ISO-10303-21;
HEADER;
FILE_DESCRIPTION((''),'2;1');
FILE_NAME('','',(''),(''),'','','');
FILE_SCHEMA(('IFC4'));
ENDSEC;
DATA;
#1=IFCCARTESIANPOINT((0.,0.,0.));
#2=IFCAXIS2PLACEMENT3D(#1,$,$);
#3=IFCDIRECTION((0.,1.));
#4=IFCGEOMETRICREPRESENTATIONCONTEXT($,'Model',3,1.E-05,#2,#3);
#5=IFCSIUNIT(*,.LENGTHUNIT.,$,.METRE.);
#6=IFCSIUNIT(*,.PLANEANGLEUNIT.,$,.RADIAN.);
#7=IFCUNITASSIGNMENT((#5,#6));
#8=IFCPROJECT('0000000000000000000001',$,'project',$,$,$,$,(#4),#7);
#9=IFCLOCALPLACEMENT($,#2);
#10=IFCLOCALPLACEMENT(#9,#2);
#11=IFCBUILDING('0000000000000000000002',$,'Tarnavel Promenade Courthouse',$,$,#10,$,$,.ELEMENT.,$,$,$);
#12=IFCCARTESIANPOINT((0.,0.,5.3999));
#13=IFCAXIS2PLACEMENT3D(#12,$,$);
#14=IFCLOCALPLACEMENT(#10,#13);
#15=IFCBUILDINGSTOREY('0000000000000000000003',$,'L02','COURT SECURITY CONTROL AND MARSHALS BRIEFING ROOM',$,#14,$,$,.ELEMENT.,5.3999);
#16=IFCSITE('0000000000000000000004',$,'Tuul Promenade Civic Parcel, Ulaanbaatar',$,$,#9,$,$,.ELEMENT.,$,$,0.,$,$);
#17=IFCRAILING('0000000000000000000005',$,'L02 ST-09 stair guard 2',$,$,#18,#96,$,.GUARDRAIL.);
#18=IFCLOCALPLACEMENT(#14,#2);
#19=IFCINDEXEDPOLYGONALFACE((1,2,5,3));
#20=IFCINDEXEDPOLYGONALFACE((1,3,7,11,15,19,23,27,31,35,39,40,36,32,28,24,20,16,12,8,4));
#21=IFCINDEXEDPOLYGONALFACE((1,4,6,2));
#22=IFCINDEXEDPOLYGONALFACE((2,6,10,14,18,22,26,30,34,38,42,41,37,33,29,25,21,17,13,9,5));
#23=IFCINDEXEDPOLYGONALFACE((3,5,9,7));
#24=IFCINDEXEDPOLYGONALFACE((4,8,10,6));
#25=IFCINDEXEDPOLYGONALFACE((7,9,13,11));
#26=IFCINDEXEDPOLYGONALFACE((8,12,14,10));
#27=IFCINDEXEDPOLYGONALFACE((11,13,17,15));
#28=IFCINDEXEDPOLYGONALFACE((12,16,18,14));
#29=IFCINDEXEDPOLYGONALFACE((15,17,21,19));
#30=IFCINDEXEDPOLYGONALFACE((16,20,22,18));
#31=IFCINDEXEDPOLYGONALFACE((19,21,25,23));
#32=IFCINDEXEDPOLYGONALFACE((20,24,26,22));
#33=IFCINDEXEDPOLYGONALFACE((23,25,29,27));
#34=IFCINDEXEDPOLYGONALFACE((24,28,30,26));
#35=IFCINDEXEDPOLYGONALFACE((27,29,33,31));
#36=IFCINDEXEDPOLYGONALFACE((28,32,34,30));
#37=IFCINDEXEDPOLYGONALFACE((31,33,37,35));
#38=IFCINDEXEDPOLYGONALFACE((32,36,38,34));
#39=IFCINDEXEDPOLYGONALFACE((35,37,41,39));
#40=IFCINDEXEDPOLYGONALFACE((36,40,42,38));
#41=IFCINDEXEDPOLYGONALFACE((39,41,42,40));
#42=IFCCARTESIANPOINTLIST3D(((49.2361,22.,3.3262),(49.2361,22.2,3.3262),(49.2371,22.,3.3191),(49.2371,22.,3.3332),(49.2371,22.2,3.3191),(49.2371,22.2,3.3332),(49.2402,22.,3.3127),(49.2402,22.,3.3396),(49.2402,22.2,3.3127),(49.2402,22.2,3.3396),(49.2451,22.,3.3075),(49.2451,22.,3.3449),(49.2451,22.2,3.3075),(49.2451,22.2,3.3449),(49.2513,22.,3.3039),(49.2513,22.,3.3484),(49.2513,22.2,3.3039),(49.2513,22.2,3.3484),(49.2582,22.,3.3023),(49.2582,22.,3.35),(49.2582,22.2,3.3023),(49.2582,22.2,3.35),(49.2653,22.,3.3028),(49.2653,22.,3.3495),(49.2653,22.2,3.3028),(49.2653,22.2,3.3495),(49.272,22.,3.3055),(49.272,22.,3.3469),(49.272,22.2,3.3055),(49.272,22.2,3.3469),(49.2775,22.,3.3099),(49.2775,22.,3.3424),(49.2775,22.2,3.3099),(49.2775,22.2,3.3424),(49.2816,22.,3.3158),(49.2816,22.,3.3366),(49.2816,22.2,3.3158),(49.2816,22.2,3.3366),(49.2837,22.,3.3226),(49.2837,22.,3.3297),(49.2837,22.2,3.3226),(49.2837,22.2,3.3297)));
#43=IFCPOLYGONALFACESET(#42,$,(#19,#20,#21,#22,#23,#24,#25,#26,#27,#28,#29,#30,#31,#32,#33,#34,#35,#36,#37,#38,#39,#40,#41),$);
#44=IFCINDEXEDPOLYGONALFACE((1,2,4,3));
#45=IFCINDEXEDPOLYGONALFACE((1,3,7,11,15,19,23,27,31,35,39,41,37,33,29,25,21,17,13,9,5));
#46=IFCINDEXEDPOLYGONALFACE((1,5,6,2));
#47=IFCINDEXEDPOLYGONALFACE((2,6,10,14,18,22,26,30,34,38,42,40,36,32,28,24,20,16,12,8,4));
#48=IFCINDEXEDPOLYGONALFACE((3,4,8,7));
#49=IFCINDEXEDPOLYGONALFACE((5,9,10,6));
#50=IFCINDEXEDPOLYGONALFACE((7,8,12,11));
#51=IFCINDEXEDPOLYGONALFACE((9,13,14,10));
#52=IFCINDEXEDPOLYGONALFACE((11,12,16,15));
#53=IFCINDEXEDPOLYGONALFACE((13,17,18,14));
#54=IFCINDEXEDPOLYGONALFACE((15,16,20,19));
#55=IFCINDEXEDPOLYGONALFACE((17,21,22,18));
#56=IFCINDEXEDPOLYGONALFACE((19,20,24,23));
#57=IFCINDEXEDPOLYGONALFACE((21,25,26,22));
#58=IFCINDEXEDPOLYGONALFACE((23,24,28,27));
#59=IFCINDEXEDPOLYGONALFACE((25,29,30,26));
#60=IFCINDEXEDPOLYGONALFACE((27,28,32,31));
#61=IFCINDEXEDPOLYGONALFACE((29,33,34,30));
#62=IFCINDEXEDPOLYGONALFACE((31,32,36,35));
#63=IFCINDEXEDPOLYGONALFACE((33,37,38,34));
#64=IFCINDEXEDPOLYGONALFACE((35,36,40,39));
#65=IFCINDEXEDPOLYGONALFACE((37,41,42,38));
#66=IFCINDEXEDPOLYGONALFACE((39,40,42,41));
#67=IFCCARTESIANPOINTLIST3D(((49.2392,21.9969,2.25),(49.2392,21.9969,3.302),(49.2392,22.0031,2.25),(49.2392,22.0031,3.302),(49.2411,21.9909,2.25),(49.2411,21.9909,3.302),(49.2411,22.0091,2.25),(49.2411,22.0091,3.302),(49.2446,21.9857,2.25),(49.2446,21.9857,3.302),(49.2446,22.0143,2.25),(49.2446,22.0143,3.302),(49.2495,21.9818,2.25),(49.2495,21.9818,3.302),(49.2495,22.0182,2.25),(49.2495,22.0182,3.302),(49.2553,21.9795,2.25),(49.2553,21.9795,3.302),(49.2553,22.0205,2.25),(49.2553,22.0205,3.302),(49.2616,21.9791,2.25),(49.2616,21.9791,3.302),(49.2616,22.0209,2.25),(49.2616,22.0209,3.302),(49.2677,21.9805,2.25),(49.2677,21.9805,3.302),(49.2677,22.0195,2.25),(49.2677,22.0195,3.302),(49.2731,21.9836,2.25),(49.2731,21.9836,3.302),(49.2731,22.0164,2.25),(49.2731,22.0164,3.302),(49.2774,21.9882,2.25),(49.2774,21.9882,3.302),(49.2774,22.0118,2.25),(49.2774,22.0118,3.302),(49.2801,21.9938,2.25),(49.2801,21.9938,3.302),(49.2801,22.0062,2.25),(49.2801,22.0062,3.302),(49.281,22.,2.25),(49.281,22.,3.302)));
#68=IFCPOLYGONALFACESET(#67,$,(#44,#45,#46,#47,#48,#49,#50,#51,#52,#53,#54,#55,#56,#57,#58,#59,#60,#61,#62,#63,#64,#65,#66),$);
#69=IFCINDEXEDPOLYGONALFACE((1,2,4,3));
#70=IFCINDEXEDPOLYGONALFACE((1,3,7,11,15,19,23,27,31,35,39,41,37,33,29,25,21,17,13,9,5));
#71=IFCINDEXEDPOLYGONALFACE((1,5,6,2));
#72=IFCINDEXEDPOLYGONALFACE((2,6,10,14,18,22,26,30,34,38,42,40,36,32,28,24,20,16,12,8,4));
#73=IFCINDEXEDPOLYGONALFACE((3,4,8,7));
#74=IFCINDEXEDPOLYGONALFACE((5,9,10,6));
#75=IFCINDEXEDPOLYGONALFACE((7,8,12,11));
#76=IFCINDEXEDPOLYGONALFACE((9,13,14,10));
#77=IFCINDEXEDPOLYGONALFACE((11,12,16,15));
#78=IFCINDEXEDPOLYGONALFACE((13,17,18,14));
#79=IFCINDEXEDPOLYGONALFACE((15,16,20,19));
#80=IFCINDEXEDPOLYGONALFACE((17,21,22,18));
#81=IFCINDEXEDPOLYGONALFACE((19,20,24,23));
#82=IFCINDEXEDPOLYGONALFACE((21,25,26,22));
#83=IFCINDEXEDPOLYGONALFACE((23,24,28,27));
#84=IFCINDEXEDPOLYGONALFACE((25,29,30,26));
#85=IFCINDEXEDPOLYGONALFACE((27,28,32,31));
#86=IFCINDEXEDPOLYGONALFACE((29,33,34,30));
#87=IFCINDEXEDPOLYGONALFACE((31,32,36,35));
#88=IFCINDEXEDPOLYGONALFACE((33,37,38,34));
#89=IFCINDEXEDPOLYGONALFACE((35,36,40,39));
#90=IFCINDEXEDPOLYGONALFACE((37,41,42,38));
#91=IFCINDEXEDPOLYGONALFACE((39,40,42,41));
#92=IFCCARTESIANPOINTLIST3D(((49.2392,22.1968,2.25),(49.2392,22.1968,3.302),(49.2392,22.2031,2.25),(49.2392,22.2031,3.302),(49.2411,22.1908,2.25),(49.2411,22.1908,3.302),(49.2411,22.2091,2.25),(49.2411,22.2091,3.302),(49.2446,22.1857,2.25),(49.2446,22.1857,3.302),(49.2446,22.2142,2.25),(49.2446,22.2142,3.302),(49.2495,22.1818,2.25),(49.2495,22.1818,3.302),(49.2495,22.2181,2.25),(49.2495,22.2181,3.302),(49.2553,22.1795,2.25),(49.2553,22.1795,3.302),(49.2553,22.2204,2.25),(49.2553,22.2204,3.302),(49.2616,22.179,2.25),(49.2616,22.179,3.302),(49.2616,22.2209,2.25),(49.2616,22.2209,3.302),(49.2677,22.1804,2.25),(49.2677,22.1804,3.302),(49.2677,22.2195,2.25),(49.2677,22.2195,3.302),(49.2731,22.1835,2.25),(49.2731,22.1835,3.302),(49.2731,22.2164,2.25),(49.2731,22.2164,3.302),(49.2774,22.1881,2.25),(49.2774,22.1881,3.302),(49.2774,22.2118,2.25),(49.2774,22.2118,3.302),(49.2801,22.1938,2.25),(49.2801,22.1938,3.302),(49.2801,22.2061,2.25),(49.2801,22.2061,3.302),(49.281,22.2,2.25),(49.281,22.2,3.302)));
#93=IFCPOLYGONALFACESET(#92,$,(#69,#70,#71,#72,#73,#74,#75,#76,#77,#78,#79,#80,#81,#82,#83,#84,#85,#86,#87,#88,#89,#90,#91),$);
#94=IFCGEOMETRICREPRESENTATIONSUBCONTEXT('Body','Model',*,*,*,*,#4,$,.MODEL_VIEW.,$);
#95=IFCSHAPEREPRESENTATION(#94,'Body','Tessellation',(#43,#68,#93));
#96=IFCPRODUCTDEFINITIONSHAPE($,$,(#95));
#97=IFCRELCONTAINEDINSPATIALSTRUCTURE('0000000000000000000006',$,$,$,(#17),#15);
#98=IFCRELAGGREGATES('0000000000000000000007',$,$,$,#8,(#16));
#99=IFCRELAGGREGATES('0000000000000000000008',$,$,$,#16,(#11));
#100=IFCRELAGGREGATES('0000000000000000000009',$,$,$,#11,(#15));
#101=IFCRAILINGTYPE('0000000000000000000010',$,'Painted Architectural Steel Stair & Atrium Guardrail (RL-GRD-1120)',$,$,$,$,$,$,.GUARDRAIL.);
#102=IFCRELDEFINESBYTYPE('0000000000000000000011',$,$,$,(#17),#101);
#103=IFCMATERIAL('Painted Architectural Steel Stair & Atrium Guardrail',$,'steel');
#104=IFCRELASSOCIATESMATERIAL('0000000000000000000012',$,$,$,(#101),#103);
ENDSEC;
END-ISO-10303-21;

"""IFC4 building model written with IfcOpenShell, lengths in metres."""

from ifc_helpers import new_model, si_unit, direction, frame, origin, origin_2d, place, context, subcontext, project, spatial, circle, extrude, material, type_object, element, save


model = new_model("IFC4")

# Units and contexts
model_context = context("Model", 3, precision=1e-05, world=origin(), true_north=direction((0.0, 1.0)))
body_context = subcontext(model_context, "Body", "Model", "MODEL_VIEW")
ifc_project = project(units=[si_unit("LENGTHUNIT", "METRE"), si_unit("PLANEANGLEUNIT", "RADIAN")], contexts=[model_context])

# Site, building, storey
site_placement = place(None, origin())
site = spatial("IfcSite", under=ifc_project, at=site_placement, Name="Tuul Promenade Civic Parcel, Ulaanbaatar", CompositionType="ELEMENT", RefElevation=0.0)
building_placement = place(site_placement, origin())
building = spatial("IfcBuilding", under=site, at=building_placement, Name="Tarnavel Promenade Courthouse", CompositionType="ELEMENT")
storey_placement = place(building_placement, frame((0.0, 0.0, 5.3999)))
storey = spatial("IfcBuildingStorey", under=building, at=storey_placement, Name="L02", Description="COURT SECURITY CONTROL AND MARSHALS BRIEFING ROOM", CompositionType="ELEMENT", Elevation=5.3999)

# Railing
ifc_material_1 = material(Name="Painted Architectural Steel Stair & Atrium Guardrail", Category="steel")
railing_type_1 = type_object("IfcRailingType", Name="Painted Architectural Steel Stair & Atrium Guardrail (RL-GRD-1120)", PredefinedType="GUARDRAIL", material=ifc_material_1)
railing_1_placement = place(storey_placement, frame((49.26, 22.0, 2.25)))
element("IfcRailing", 1, at=railing_1_placement, inside=storey, type_object=railing_type_1, Name="L02 ST-09 stair guard 2", PredefinedType="GUARDRAIL", context=body_context, shape_type="SweptSolid", body=[
    extrude(circle(Radius=0.0239, at=origin_2d()), frame((0.0, 0.0, 1.0762), z_axis=(0.0, 1.0, 0.0), x_axis=(-1.0, 0.0, 0.0)), (0.0, 0.0, 1.0), 0.2),
    extrude(circle(Radius=0.021, at=origin_2d()), origin(), (0.0, 0.0, 1.0), 1.052),
    extrude(circle(Radius=0.021, at=origin_2d()), frame((0.0, 0.2, 0.0)), (0.0, 0.0, 1.0), 1.052),
])

save(model, "model.ifc")
